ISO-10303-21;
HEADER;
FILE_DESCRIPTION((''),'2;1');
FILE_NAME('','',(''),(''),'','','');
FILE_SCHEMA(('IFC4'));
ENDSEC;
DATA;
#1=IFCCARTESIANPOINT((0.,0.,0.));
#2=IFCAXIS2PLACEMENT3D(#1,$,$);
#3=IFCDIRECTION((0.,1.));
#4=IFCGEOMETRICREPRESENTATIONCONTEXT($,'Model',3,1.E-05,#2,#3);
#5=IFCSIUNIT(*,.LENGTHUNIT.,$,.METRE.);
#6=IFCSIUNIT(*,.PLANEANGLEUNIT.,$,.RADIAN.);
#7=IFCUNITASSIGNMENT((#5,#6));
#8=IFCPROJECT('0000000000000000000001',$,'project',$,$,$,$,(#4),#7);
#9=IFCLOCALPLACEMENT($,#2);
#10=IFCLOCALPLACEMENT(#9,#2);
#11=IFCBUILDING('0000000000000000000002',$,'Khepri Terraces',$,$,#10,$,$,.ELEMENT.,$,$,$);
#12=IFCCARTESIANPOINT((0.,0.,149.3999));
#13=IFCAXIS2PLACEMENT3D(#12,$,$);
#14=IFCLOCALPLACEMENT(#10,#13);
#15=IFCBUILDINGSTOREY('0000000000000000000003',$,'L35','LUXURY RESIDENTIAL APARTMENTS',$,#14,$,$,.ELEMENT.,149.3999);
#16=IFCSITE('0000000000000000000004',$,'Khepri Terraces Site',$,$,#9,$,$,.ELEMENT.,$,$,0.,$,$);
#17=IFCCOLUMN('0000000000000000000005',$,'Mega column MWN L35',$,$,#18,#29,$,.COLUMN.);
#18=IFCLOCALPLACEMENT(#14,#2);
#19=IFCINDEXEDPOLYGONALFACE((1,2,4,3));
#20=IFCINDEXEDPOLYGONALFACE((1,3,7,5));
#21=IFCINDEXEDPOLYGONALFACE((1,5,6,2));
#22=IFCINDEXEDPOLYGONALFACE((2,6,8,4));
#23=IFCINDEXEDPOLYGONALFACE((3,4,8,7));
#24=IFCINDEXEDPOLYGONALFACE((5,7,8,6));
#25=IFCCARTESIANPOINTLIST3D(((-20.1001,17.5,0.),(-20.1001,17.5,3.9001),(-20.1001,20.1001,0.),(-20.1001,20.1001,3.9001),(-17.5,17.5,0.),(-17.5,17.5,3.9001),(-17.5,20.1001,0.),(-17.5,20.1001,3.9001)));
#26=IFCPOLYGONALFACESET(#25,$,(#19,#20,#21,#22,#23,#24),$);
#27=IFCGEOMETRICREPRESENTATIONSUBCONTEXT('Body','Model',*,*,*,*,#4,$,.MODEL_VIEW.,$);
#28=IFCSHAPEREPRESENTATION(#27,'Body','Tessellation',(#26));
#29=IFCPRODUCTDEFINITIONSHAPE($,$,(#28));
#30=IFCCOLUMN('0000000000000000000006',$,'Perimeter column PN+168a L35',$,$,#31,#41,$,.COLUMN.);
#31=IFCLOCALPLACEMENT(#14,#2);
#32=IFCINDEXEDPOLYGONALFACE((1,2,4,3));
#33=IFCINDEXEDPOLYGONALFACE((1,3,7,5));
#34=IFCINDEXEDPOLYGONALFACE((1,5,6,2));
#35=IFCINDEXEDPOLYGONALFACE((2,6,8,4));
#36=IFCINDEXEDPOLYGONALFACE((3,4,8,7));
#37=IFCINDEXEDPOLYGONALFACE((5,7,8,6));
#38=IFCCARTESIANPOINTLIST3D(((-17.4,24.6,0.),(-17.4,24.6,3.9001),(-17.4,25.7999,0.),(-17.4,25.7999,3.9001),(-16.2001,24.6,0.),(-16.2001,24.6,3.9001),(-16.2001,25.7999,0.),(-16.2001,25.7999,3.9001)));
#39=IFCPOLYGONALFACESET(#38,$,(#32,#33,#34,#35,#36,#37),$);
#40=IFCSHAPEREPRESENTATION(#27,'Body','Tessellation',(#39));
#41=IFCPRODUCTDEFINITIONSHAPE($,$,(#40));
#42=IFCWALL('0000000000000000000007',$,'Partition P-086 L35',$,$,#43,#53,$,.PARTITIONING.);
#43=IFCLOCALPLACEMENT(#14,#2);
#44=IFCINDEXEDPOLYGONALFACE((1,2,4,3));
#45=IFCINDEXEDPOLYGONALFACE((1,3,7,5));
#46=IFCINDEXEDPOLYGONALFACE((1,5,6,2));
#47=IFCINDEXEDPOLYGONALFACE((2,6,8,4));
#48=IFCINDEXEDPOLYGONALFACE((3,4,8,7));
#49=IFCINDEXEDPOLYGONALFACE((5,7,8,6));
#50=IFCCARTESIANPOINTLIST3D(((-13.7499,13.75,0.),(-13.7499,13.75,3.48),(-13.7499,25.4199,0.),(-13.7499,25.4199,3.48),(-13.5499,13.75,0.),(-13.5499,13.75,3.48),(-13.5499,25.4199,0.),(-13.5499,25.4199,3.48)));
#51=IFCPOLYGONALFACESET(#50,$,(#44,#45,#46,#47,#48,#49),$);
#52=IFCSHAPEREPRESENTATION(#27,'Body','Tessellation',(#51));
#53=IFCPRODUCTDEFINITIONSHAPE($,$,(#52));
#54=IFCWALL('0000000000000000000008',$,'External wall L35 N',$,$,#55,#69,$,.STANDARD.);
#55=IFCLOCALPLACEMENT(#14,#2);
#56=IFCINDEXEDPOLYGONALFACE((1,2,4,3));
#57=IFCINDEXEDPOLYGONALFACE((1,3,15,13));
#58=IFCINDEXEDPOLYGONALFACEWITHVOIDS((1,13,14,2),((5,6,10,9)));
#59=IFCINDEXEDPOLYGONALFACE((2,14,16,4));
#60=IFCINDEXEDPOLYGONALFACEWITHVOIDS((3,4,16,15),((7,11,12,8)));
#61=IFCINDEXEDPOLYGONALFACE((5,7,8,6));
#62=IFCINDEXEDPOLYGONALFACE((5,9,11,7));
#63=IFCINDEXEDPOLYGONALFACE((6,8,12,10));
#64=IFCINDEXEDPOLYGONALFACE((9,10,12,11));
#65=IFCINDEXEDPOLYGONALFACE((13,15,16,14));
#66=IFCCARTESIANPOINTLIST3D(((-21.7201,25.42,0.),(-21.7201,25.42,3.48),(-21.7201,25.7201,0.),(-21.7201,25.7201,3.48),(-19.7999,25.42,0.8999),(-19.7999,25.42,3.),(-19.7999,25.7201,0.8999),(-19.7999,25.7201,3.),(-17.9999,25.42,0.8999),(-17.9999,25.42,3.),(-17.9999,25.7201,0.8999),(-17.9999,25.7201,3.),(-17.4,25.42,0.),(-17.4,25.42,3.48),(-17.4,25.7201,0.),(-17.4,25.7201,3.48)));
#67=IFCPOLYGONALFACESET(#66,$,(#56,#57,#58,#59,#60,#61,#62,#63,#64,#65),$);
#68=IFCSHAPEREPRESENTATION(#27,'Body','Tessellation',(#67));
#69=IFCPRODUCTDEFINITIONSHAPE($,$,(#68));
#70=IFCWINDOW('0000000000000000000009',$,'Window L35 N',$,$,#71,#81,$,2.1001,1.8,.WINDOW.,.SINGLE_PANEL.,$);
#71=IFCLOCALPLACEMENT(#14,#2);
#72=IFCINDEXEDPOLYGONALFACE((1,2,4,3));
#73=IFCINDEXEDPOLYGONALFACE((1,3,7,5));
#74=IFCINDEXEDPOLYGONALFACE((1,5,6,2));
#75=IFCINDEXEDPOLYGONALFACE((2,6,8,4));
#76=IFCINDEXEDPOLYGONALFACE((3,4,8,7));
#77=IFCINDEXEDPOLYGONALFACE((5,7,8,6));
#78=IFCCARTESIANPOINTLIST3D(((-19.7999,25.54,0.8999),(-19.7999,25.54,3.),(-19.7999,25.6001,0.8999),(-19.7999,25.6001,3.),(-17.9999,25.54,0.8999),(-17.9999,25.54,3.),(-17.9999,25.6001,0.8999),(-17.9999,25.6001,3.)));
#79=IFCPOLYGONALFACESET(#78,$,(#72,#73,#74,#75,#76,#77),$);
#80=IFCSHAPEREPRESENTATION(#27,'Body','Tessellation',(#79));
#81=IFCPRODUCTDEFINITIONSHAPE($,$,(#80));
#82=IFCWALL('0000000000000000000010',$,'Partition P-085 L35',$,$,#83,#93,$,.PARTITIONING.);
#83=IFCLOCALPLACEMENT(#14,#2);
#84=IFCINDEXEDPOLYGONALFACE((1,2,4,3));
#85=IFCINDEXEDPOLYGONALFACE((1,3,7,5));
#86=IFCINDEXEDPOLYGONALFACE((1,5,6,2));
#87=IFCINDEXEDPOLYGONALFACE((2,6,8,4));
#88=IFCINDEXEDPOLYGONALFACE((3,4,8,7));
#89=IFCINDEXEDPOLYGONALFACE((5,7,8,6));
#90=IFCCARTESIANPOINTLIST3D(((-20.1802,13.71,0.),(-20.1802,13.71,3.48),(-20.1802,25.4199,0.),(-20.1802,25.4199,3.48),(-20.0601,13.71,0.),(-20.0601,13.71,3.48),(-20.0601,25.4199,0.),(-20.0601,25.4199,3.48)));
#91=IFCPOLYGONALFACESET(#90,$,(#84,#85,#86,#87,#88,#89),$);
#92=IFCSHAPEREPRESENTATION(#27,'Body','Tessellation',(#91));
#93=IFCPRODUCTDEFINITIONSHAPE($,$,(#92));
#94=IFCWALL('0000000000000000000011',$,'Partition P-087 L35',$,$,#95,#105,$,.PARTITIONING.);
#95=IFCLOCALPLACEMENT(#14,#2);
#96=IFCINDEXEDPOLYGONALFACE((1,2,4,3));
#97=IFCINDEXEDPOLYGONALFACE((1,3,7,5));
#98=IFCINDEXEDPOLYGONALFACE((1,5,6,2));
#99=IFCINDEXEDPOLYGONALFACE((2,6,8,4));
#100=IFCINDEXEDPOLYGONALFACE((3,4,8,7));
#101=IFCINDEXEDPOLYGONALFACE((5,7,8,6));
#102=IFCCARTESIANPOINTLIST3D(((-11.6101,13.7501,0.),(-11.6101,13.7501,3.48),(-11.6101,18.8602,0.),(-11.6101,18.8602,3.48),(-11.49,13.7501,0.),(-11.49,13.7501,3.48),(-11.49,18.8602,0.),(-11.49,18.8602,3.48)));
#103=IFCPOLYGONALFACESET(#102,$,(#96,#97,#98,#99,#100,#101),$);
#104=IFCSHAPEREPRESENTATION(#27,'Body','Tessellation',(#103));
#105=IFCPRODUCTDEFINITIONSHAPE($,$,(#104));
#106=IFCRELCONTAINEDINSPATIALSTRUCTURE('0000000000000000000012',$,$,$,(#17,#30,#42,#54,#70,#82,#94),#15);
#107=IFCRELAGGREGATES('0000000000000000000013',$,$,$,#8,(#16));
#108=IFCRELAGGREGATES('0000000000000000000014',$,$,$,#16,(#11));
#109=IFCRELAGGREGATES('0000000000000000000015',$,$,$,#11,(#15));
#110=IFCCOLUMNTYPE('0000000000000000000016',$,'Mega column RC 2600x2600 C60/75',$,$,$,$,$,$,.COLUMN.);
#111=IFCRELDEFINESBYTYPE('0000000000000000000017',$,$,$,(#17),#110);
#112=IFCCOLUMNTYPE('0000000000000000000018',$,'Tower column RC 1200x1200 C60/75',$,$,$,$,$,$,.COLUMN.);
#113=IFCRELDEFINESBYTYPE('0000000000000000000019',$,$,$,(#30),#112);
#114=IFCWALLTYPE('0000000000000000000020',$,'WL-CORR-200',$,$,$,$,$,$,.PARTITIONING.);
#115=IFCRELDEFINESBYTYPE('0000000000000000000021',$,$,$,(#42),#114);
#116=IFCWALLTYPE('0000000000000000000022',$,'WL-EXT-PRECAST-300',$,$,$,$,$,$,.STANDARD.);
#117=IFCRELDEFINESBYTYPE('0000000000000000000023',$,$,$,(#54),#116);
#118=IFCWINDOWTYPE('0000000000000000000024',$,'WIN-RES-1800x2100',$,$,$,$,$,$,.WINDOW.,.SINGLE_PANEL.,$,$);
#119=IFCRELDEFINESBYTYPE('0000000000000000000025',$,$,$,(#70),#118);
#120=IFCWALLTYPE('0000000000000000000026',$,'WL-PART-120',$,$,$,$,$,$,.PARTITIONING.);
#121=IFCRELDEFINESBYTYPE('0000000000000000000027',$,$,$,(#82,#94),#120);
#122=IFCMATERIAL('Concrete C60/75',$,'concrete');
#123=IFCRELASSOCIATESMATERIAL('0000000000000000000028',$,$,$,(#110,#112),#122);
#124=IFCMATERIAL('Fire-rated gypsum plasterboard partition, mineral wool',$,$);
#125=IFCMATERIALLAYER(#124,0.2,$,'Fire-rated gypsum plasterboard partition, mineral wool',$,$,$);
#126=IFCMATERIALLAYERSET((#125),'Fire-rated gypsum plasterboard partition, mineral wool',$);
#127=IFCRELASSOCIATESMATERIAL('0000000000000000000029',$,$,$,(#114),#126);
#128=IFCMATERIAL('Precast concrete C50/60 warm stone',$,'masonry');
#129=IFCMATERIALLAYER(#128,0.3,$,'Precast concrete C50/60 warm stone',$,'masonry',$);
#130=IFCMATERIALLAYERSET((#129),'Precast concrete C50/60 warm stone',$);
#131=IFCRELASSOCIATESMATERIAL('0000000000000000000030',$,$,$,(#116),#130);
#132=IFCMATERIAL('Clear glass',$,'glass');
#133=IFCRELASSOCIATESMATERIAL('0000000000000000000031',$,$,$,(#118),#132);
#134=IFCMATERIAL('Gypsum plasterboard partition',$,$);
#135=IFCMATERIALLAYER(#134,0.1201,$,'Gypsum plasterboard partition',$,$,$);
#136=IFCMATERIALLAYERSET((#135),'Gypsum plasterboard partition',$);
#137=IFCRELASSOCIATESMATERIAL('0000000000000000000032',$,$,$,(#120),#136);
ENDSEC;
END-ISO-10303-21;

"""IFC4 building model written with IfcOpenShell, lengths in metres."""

from ifc_helpers import new_model, si_unit, direction, frame, frame_2d, origin, origin_2d, place, context, subcontext, project, spatial, rectangle, extrude, material, layer, layer_set, material_profile, profile_set, type_object, element, fill, save


model = new_model("IFC4")

# Units and contexts
model_context = context("Model", 3, precision=1e-05, world=origin(), true_north=direction((0.0, 1.0)))
body_context = subcontext(model_context, "Body", "Model", "MODEL_VIEW")
ifc_project = project(units=[si_unit("LENGTHUNIT", "METRE"), si_unit("PLANEANGLEUNIT", "RADIAN")], contexts=[model_context])

# Site, building, storey
site_placement = place(None, origin())
site = spatial("IfcSite", under=ifc_project, at=site_placement, Name="Khepri Terraces Site", CompositionType="ELEMENT", RefElevation=0.0)
building_placement = place(site_placement, origin())
building = spatial("IfcBuilding", under=site, at=building_placement, Name="Khepri Terraces", CompositionType="ELEMENT")
storey_placement = place(building_placement, frame((0.0, 0.0, 149.3999)))
storey = spatial("IfcBuildingStorey", under=building, at=storey_placement, Name="L35", Description="LUXURY RESIDENTIAL APARTMENTS", CompositionType="ELEMENT", Elevation=149.3999)

# Columns
ifc_material_1 = material(Name="Concrete C60/75", Category="concrete")
ifc_material_profile_1 = material_profile(ifc_material_1, rectangle(XDim=2.6001, YDim=2.6001, at=origin_2d()), Name="Concrete C60/75", Category="concrete")
ifc_profile_set_1 = profile_set([ifc_material_profile_1], Name="Concrete C60/75")
column_type_1 = type_object("IfcColumnType", Name="Mega column RC 2600x2600 C60/75", PredefinedType="COLUMN", material=ifc_profile_set_1)
column_1_placement = place(storey_placement, frame((-18.8, 18.8, 0.0), z_axis=(0.0, 0.0, 1.0), x_axis=(1.0, 0.0, 0.0)))
element("IfcColumn", 1, at=column_1_placement, inside=storey, type_object=column_type_1, Name="Mega column MWN L35", PredefinedType="COLUMN", context=body_context, shape_type="SweptSolid", body=[
    extrude(rectangle(XDim=2.6001, YDim=2.6001, at=origin_2d()), origin(), (0.0, 0.0, 1.0), 3.9001),
])
ifc_material_profile_2 = material_profile(ifc_material_1, rectangle(XDim=1.2, YDim=1.2, at=origin_2d()), Name="Concrete C60/75", Category="concrete")
ifc_profile_set_2 = profile_set([ifc_material_profile_2], Name="Concrete C60/75")
column_type_2 = type_object("IfcColumnType", Name="Tower column RC 1200x1200 C60/75", PredefinedType="COLUMN", material=ifc_profile_set_2)
column_2_placement = place(storey_placement, frame((-16.8, 25.2, 0.0), z_axis=(0.0, 0.0, 1.0), x_axis=(1.0, 0.0, 0.0)))
element("IfcColumn", 2, at=column_2_placement, inside=storey, type_object=column_type_2, Name="Perimeter column PN+168a L35", PredefinedType="COLUMN", context=body_context, shape_type="SweptSolid", body=[
    extrude(rectangle(XDim=1.2, YDim=1.2, at=origin_2d()), origin(), (0.0, 0.0, 1.0), 3.9001),
])

# Wall
ifc_material_2 = material(Name="Fire-rated gypsum plasterboard partition, mineral wool")
ifc_layer_1 = layer(ifc_material_2, 0.2, Name="Fire-rated gypsum plasterboard partition, mineral wool")
ifc_layer_set_1 = layer_set([ifc_layer_1], Name="Fire-rated gypsum plasterboard partition, mineral wool")
wall_type_1 = type_object("IfcWallType", Name="WL-CORR-200", PredefinedType="PARTITIONING", material=ifc_layer_set_1)
wall_1_placement = place(storey_placement, frame((-13.6499, 13.75, 0.0), z_axis=(0.0, 0.0, 1.0), x_axis=(0.0, 1.0, 0.0)))
element("IfcWall", 3, at=wall_1_placement, inside=storey, type_object=wall_type_1, Name="Partition P-086 L35", PredefinedType="PARTITIONING", context=body_context, shape_type="SweptSolid", body=[
    extrude(rectangle(XDim=11.6699, YDim=0.2, at=frame_2d((5.835, 0.0))), origin(), (0.0, 0.0, 1.0), 3.48),
])

# Wall, opening, window
ifc_material_3 = material(Name="Precast concrete C50/60 warm stone", Category="masonry")
ifc_layer_2 = layer(ifc_material_3, 0.3, Name="Precast concrete C50/60 warm stone", Category="masonry")
ifc_layer_set_2 = layer_set([ifc_layer_2], Name="Precast concrete C50/60 warm stone")
wall_type_2 = type_object("IfcWallType", Name="WL-EXT-PRECAST-300", PredefinedType="STANDARD", material=ifc_layer_set_2)
wall_2_placement = place(storey_placement, frame((-17.3999, 25.5701, 0.0), z_axis=(0.0, 0.0, 1.0), x_axis=(-1.0, 0.0, 0.0)))
wall_2 = element("IfcWall", 4, at=wall_2_placement, inside=storey, type_object=wall_type_2, Name="External wall L35 N", PredefinedType="STANDARD", context=body_context, shape_type="SweptSolid", body=[
    extrude(rectangle(XDim=4.3201, YDim=0.3, at=frame_2d((2.1602, 0.0))), origin(), (0.0, 0.0, 1.0), 3.48),
])
opening_1_placement = place(wall_2_placement, frame((0.6001, 0.0, 0.8999)))
opening_1 = element("IfcOpeningElement", 5, at=opening_1_placement, cuts=wall_2, PredefinedType="OPENING", context=body_context, shape_type="SweptSolid", body=[
    extrude(rectangle(XDim=1.8, YDim=2.1001, at=frame_2d((0.8999, 1.05))), frame((0.0, 0.1602, 0.0), z_axis=(0.0, -1.0, 0.0), x_axis=(1.0, 0.0, 0.0)), (0.0, 0.0, 1.0), 0.3201),
])
ifc_material_4 = material(Name="Clear glass", Category="glass")
window_type = type_object("IfcWindowType", Name="WIN-RES-1800x2100", PartitioningType="SINGLE_PANEL", PredefinedType="WINDOW", material=ifc_material_4)
window_placement = place(opening_1_placement, origin())
window = element("IfcWindow", 6, at=window_placement, inside=storey, type_object=window_type, Name="Window L35 N", OverallHeight=2.1001, OverallWidth=1.8, PartitioningType="SINGLE_PANEL", PredefinedType="WINDOW", context=body_context, shape_type="SweptSolid", body=[
    extrude(rectangle(XDim=1.8, YDim=2.1001, at=frame_2d((0.8999, 1.05))), frame((0.0, 0.03, 0.0), z_axis=(0.0, -1.0, 0.0), x_axis=(1.0, 0.0, 0.0)), (0.0, 0.0, 1.0), 0.0601),
])
fill(opening_1, window)

# Walls
ifc_material_5 = material(Name="Gypsum plasterboard partition")
ifc_layer_3 = layer(ifc_material_5, 0.1201, Name="Gypsum plasterboard partition")
ifc_layer_set_3 = layer_set([ifc_layer_3], Name="Gypsum plasterboard partition")
wall_type_3 = type_object("IfcWallType", Name="WL-PART-120", PredefinedType="PARTITIONING", material=ifc_layer_set_3)
wall_3_placement = place(storey_placement, frame((-20.1201, 13.71, 0.0), z_axis=(0.0, 0.0, 1.0), x_axis=(0.0, 1.0, 0.0)))
element("IfcWall", 7, at=wall_3_placement, inside=storey, type_object=wall_type_3, Name="Partition P-085 L35", PredefinedType="PARTITIONING", context=body_context, shape_type="SweptSolid", body=[
    extrude(rectangle(XDim=11.71, YDim=0.1201, at=frame_2d((5.855, 0.0))), origin(), (0.0, 0.0, 1.0), 3.48),
])
wall_4_placement = place(storey_placement, frame((-11.55, 13.75, 0.0), z_axis=(0.0, 0.0, 1.0), x_axis=(0.0, 1.0, 0.0)))
element("IfcWall", 8, at=wall_4_placement, inside=storey, type_object=wall_type_3, Name="Partition P-087 L35", PredefinedType="PARTITIONING", context=body_context, shape_type="SweptSolid", body=[
    extrude(rectangle(XDim=5.1101, YDim=0.1201, at=frame_2d((2.5552, 0.0))), origin(), (0.0, 0.0, 1.0), 3.48),
])

save(model, "model.ifc")
